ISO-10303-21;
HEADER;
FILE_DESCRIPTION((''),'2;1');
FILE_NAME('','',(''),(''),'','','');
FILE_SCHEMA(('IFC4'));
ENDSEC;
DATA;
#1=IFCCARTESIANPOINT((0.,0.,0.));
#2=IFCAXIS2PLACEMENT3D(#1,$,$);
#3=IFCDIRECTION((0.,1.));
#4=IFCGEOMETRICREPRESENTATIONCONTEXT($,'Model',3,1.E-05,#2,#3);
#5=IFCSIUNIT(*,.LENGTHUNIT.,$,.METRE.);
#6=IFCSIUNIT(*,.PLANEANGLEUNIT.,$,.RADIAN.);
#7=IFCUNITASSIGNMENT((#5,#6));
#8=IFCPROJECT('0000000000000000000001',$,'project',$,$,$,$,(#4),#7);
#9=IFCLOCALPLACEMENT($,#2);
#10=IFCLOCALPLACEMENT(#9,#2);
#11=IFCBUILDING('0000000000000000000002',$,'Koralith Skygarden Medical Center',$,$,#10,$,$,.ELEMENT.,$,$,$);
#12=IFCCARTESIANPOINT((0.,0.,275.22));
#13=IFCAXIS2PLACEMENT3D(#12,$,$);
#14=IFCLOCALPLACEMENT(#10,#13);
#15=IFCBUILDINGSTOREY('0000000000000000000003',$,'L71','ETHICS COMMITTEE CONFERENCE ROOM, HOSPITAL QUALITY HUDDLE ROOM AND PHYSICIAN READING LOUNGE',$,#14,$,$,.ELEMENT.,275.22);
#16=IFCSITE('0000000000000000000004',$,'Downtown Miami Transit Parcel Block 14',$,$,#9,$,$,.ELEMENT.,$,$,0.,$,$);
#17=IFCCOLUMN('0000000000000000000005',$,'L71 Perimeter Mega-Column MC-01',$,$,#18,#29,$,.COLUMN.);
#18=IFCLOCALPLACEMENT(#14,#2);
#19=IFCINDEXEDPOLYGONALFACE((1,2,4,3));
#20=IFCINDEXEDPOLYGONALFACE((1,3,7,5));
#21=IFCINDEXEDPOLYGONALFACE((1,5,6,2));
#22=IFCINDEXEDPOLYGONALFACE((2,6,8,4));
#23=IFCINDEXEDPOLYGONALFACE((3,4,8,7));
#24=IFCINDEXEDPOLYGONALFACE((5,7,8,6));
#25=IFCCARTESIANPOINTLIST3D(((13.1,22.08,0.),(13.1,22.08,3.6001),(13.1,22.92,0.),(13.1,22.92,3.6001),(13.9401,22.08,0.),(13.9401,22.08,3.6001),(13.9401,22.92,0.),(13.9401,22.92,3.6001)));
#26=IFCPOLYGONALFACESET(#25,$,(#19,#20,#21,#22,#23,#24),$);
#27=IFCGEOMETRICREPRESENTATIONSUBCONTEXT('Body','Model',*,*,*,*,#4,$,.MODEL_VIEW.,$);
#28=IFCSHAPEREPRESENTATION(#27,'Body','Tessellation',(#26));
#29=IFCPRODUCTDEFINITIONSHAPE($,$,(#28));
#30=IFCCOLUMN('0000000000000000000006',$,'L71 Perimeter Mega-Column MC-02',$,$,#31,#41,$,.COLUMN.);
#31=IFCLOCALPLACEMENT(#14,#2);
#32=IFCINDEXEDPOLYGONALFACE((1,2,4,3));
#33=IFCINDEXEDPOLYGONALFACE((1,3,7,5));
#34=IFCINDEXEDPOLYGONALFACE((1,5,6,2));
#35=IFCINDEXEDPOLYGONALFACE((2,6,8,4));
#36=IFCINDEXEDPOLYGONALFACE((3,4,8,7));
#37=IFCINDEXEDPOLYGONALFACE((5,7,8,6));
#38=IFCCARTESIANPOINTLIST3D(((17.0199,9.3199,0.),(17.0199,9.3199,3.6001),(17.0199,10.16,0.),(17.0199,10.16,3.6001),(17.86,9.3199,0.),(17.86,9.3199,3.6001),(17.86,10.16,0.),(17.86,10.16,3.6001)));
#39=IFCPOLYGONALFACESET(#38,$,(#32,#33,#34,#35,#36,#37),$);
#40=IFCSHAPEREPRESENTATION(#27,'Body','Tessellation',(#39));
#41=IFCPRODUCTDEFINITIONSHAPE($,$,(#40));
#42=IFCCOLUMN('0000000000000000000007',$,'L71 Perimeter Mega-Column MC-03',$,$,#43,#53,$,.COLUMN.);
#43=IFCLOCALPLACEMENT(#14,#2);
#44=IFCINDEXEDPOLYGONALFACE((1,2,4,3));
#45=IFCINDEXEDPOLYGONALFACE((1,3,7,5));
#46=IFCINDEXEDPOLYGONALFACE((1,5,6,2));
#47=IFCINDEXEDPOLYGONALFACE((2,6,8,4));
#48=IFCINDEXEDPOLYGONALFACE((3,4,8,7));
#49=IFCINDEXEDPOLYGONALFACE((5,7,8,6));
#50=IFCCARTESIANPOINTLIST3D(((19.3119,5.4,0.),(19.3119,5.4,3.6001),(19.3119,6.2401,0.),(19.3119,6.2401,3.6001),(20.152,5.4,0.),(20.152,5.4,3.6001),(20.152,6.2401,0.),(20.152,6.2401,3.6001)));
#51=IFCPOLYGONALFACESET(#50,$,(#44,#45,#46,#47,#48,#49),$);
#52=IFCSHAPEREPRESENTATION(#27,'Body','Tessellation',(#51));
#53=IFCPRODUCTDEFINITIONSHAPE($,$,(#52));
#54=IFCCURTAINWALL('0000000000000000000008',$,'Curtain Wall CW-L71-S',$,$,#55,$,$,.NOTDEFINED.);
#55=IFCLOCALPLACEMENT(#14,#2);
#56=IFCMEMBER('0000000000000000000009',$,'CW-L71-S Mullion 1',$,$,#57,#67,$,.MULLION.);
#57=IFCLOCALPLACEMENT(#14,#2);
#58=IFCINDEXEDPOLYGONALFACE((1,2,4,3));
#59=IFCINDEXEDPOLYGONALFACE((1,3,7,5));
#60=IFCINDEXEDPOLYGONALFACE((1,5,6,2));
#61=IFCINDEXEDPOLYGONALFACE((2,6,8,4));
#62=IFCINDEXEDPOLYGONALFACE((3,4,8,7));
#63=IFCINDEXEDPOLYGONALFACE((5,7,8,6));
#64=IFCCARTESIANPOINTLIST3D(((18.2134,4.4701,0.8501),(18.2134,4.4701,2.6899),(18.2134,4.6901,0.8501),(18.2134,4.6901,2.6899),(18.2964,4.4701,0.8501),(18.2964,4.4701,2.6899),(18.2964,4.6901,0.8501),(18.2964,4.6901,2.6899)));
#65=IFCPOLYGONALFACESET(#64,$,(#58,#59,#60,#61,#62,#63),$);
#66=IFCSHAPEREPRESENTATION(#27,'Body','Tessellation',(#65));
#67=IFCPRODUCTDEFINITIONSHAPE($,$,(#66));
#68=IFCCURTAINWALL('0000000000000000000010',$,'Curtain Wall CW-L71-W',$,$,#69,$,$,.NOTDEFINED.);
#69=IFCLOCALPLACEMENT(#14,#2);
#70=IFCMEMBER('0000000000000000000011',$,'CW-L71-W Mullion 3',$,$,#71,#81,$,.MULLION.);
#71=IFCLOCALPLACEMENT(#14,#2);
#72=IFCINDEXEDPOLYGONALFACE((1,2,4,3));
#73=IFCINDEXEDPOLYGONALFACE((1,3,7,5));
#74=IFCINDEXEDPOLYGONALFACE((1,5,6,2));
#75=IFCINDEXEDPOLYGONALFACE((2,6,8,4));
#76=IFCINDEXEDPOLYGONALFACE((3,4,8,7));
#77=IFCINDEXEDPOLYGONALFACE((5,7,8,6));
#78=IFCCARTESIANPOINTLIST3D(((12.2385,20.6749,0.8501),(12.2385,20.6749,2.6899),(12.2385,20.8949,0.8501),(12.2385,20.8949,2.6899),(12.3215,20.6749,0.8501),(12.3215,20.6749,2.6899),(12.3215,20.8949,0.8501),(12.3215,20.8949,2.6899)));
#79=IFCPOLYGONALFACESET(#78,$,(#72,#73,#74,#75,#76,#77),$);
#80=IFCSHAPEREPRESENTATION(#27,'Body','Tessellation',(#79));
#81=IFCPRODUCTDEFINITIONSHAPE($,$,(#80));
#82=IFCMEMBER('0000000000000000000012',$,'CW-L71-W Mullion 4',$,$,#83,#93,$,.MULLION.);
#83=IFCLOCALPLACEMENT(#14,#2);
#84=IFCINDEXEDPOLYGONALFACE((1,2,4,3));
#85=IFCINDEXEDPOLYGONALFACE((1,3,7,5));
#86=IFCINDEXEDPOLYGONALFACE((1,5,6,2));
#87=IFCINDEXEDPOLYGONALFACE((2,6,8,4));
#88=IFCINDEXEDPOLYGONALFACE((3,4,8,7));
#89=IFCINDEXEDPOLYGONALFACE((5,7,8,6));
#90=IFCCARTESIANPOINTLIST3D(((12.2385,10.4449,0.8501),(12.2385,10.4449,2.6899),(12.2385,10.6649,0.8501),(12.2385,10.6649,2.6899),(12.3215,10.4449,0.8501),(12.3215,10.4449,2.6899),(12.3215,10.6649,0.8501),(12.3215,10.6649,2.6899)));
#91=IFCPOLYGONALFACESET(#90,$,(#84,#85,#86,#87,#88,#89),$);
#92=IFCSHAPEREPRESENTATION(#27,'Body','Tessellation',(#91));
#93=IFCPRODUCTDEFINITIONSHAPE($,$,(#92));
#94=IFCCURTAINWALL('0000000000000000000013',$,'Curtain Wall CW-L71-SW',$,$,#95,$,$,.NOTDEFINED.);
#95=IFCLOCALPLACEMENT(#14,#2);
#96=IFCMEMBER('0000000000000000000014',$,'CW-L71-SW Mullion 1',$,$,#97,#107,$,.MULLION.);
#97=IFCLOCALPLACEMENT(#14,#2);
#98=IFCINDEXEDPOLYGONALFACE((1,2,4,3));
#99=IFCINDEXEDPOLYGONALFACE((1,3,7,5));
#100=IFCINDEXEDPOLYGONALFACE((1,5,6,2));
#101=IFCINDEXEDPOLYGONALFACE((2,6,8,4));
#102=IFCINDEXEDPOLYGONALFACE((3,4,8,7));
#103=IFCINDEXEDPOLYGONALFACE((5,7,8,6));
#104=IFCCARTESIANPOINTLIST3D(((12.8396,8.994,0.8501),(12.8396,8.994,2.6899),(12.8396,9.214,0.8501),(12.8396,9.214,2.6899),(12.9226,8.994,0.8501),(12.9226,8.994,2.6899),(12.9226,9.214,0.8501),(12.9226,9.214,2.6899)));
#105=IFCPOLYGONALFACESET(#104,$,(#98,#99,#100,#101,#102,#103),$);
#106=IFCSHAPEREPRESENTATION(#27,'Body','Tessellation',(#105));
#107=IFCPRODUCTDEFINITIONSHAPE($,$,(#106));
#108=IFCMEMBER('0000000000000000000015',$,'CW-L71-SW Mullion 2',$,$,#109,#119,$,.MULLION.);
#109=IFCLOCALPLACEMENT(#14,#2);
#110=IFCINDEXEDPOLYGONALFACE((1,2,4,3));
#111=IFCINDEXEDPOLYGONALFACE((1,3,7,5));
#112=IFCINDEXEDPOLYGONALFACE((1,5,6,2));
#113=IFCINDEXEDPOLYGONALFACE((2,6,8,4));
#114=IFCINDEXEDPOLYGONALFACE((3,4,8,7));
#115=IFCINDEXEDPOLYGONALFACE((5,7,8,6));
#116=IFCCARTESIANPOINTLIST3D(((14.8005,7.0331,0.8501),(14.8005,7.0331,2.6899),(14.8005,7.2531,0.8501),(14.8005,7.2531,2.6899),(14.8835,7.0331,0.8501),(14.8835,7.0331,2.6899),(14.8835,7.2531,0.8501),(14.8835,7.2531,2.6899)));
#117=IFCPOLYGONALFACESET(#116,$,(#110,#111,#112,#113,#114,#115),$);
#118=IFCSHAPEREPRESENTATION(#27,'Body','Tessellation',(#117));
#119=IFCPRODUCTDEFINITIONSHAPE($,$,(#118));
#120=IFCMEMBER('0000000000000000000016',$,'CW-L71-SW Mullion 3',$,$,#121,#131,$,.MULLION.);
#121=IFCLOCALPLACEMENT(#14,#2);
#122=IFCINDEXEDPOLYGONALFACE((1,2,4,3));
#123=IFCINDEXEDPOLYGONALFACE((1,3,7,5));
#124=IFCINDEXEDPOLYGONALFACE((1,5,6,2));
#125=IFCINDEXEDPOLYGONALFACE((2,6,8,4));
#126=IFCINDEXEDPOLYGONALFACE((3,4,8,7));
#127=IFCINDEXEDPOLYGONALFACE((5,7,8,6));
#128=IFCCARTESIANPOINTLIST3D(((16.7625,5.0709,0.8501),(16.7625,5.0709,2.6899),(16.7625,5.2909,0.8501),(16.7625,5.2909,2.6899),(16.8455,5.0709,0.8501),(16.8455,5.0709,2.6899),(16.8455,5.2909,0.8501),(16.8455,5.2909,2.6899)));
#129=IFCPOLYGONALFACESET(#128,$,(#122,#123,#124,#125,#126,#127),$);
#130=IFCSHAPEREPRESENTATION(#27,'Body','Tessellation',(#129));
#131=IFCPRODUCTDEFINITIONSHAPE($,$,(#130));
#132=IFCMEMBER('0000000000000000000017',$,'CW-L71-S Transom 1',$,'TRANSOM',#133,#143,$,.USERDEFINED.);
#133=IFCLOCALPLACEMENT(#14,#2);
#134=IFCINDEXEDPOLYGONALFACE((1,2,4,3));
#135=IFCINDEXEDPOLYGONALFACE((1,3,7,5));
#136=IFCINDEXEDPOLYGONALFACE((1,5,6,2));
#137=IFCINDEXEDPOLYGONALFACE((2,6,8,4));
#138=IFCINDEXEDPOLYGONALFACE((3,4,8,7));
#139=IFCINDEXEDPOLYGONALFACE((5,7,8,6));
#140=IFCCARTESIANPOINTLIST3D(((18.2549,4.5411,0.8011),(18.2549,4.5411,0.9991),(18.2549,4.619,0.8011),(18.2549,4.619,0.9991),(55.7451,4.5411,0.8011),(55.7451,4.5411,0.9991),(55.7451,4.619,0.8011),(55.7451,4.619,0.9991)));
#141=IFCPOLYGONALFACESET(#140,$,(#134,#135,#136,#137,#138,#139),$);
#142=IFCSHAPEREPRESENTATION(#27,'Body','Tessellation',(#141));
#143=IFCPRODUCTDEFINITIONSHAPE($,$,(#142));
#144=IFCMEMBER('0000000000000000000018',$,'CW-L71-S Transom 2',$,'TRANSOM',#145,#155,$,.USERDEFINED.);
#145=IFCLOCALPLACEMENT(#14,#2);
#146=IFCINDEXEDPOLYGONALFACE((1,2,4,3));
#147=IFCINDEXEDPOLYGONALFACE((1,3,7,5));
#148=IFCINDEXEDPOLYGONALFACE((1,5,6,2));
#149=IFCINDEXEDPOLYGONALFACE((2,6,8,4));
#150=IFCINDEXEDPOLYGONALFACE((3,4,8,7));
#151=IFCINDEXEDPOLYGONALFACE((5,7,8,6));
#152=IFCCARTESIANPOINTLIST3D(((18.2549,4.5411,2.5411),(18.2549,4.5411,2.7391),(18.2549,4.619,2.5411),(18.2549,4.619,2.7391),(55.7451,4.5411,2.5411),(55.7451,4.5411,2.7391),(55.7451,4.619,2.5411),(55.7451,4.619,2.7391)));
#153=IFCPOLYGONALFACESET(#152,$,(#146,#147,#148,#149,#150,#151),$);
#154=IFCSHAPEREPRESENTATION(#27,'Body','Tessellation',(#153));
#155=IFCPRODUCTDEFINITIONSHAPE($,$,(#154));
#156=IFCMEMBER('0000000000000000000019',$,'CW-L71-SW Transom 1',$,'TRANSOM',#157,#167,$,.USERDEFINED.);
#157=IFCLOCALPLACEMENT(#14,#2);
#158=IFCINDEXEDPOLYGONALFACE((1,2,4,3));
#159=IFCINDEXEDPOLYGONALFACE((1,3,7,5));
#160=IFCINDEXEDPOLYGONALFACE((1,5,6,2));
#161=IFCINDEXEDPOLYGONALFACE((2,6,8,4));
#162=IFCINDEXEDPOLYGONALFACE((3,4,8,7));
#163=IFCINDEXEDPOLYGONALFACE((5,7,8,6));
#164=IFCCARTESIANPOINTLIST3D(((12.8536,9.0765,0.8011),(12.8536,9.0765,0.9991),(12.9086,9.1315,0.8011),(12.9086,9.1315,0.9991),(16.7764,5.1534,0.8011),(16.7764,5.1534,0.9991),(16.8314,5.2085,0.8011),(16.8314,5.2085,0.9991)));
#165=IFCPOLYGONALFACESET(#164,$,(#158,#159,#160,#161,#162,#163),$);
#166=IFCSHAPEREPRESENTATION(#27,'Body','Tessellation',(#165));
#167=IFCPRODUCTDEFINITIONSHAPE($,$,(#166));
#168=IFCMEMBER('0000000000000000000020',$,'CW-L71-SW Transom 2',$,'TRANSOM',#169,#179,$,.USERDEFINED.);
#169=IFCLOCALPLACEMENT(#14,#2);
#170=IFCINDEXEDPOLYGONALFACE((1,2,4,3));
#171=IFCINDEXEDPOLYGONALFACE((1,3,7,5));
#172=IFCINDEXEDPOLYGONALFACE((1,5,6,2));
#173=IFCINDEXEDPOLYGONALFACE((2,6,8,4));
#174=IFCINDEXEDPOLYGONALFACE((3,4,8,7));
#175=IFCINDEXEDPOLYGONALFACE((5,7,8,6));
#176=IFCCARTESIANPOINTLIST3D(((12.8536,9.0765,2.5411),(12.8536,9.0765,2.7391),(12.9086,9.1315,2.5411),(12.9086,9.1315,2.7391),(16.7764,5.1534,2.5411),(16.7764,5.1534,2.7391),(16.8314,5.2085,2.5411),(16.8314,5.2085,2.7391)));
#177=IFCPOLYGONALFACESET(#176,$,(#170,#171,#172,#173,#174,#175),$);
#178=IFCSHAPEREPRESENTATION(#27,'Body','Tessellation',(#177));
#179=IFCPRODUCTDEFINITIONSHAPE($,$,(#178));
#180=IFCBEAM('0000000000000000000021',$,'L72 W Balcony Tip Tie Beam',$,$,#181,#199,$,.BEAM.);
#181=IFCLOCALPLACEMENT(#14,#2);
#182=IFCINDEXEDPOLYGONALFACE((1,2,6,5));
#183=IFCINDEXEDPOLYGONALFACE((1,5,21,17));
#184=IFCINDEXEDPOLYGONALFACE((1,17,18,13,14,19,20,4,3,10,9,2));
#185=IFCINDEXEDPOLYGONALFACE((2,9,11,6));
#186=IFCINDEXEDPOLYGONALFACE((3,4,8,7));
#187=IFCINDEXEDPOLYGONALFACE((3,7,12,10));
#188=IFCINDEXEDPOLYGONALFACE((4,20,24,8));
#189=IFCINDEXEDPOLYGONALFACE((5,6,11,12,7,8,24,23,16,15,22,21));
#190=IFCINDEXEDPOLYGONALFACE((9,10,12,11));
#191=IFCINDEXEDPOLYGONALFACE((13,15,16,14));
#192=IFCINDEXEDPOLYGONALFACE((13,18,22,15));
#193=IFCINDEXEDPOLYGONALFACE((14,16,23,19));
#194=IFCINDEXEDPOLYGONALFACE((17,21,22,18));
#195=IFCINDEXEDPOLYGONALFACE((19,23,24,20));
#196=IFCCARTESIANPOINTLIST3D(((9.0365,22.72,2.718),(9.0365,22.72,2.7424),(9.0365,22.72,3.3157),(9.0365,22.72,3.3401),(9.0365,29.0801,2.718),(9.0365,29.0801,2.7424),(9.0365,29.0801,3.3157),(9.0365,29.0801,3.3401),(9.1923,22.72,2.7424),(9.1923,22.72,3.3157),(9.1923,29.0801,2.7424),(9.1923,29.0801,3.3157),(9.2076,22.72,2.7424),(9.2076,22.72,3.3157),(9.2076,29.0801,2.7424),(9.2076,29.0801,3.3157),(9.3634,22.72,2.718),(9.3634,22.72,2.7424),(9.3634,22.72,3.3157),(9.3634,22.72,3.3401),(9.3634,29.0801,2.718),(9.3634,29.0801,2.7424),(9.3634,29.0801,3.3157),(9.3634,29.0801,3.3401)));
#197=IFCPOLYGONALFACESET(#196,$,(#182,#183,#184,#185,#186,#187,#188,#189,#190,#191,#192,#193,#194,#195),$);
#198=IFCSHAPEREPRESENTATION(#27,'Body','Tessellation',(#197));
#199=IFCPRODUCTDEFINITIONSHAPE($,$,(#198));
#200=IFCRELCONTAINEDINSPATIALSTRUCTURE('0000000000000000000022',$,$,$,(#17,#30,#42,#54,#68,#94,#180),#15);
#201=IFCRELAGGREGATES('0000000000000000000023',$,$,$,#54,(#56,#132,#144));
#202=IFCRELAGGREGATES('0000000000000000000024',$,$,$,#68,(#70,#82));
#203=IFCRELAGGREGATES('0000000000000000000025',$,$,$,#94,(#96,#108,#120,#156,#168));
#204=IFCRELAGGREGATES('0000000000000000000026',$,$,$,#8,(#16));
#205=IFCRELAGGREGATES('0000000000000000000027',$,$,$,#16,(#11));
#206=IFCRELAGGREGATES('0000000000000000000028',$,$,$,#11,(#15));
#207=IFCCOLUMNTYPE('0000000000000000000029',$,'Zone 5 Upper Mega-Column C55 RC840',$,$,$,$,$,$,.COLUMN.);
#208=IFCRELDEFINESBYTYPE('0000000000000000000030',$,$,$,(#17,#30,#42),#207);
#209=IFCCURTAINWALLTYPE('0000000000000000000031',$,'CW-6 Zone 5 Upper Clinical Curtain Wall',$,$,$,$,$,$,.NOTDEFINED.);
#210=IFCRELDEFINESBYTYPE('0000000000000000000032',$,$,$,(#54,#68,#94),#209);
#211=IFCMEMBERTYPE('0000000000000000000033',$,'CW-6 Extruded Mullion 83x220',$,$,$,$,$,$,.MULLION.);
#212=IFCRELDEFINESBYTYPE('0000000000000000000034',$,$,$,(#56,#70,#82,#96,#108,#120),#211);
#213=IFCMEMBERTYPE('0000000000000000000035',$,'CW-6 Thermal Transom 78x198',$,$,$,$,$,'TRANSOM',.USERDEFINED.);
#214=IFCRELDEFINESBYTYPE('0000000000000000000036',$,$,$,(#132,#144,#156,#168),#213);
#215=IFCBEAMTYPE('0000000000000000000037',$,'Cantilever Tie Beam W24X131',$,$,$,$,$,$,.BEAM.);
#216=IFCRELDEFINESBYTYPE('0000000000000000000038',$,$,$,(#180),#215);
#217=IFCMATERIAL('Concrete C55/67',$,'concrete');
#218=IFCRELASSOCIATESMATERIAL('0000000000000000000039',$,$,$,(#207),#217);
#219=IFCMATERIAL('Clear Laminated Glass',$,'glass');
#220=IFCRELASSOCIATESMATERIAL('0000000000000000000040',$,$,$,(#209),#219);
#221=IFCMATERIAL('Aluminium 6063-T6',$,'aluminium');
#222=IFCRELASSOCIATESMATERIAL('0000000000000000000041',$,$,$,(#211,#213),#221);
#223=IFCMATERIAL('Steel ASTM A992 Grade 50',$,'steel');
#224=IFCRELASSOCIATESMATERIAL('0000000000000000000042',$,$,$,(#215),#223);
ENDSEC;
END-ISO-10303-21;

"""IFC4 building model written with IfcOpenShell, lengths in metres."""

from ifc_helpers import new_model, si_unit, direction, frame, origin, origin_2d, place, context, subcontext, project, spatial, rectangle, i_section, extrude, material, material_profile, profile_set, type_object, element, aggregate, save


model = new_model("IFC4")

# Units and contexts
model_context = context("Model", 3, precision=1e-05, world=origin(), true_north=direction((0.0, 1.0)))
body_context = subcontext(model_context, "Body", "Model", "MODEL_VIEW")
ifc_project = project(units=[si_unit("LENGTHUNIT", "METRE"), si_unit("PLANEANGLEUNIT", "RADIAN")], contexts=[model_context])

# Site, building, storey
site_placement = place(None, origin())
site = spatial("IfcSite", under=ifc_project, at=site_placement, Name="Downtown Miami Transit Parcel Block 14", CompositionType="ELEMENT", RefElevation=0.0)
building_placement = place(site_placement, origin())
building = spatial("IfcBuilding", under=site, at=building_placement, Name="Koralith Skygarden Medical Center", CompositionType="ELEMENT")
storey_placement = place(building_placement, frame((0.0, 0.0, 275.22)))
storey = spatial("IfcBuildingStorey", under=building, at=storey_placement, Name="L71", Description="ETHICS COMMITTEE CONFERENCE ROOM, HOSPITAL QUALITY HUDDLE ROOM AND PHYSICIAN READING LOUNGE", CompositionType="ELEMENT", Elevation=275.22)

# Columns
ifc_material_1 = material(Name="Concrete C55/67", Category="concrete")
ifc_material_profile_1 = material_profile(ifc_material_1, rectangle(XDim=0.8401, YDim=0.8401, at=origin_2d()), Name="RC840X840")
ifc_profile_set_1 = profile_set([ifc_material_profile_1], Name="Concrete C55/67")
column_type = type_object("IfcColumnType", Name="Zone 5 Upper Mega-Column C55 RC840", PredefinedType="COLUMN", material=ifc_profile_set_1)
for number, where, z_axis, x_axis, name in (
    (1, (13.52, 22.5, 0.0), (0.0, 0.0, 1.0), (1.0, 0.0, 0.0), "L71 Perimeter Mega-Column MC-01"),
    (2, (17.4399, 9.74, 0.0), (0.0, 0.0, 1.0), (1.0, 0.0, 0.0), "L71 Perimeter Mega-Column MC-02"),
    (3, (19.7319, 5.8201, 0.0), (0.0, 0.0, 1.0), (1.0, 0.0, 0.0), "L71 Perimeter Mega-Column MC-03"),
):
    element("IfcColumn", number, at=place(storey_placement, frame(where, z_axis=z_axis, x_axis=x_axis)), inside=storey, type_object=column_type, Name=name, PredefinedType="COLUMN", context=body_context, shape_type="SweptSolid", body=[
        extrude(rectangle(XDim=0.8401, YDim=0.8401, at=origin_2d()), origin(), (0.0, 0.0, 1.0), 3.6001),
    ])

# Curtain wall, member
ifc_material_2 = material(Name="Clear Laminated Glass", Category="glass")
curtain_wall_type = type_object("IfcCurtainWallType", Name="CW-6 Zone 5 Upper Clinical Curtain Wall", PredefinedType="NOTDEFINED", material=ifc_material_2)
curtain_wall_1_placement = place(storey_placement, origin())
curtain_wall_1 = element("IfcCurtainWall", 4, at=curtain_wall_1_placement, inside=storey, type_object=curtain_wall_type, Name="Curtain Wall CW-L71-S", PredefinedType="NOTDEFINED")
ifc_material_3 = material(Name="Aluminium 6063-T6", Category="aluminium")
ifc_material_profile_2 = material_profile(ifc_material_3, rectangle(XDim=0.083, YDim=0.22, at=origin_2d()), Name="MUL83X220")
ifc_profile_set_2 = profile_set([ifc_material_profile_2], Name="Aluminium 6063-T6")
member_type_1 = type_object("IfcMemberType", Name="CW-6 Extruded Mullion 83x220", PredefinedType="MULLION", material=ifc_profile_set_2)
member_1_placement = place(storey_placement, frame((18.2549, 4.5801, 0.8501), z_axis=(0.0, 0.0, 1.0), x_axis=(1.0, 0.0, 0.0)))
member_1 = element("IfcMember", 5, at=member_1_placement, type_object=member_type_1, Name="CW-L71-S Mullion 1", PredefinedType="MULLION", context=body_context, shape_type="SweptSolid", body=[
    extrude(rectangle(XDim=0.083, YDim=0.22, at=origin_2d()), origin(), (0.0, 0.0, 1.0), 1.8398),
])

# Curtain walls, members
curtain_wall_2_placement = place(storey_placement, origin())
curtain_wall_2 = element("IfcCurtainWall", 6, at=curtain_wall_2_placement, inside=storey, type_object=curtain_wall_type, Name="Curtain Wall CW-L71-W", PredefinedType="NOTDEFINED")
member_2_placement = place(storey_placement, frame((12.28, 20.7849, 0.8501), z_axis=(0.0, 0.0, 1.0), x_axis=(1.0, 0.0, 0.0)))
member_2 = element("IfcMember", 7, at=member_2_placement, type_object=member_type_1, Name="CW-L71-W Mullion 3", PredefinedType="MULLION", context=body_context, shape_type="SweptSolid", body=[
    extrude(rectangle(XDim=0.083, YDim=0.22, at=origin_2d()), origin(), (0.0, 0.0, 1.0), 1.8398),
])
member_3_placement = place(storey_placement, frame((12.28, 10.5549, 0.8501), z_axis=(0.0, 0.0, 1.0), x_axis=(1.0, 0.0, 0.0)))
member_3 = element("IfcMember", 8, at=member_3_placement, type_object=member_type_1, Name="CW-L71-W Mullion 4", PredefinedType="MULLION", context=body_context, shape_type="SweptSolid", body=[
    extrude(rectangle(XDim=0.083, YDim=0.22, at=origin_2d()), origin(), (0.0, 0.0, 1.0), 1.8398),
])
curtain_wall_3_placement = place(storey_placement, origin())
curtain_wall_3 = element("IfcCurtainWall", 9, at=curtain_wall_3_placement, inside=storey, type_object=curtain_wall_type, Name="Curtain Wall CW-L71-SW", PredefinedType="NOTDEFINED")
member_4_placement = place(storey_placement, frame((12.8811, 9.104, 0.8501), z_axis=(0.0, 0.0, 1.0), x_axis=(1.0, 0.0, 0.0)))
member_4 = element("IfcMember", 10, at=member_4_placement, type_object=member_type_1, Name="CW-L71-SW Mullion 1", PredefinedType="MULLION", context=body_context, shape_type="SweptSolid", body=[
    extrude(rectangle(XDim=0.083, YDim=0.22, at=origin_2d()), origin(), (0.0, 0.0, 1.0), 1.8398),
])
member_5_placement = place(storey_placement, frame((14.842, 7.1431, 0.8501), z_axis=(0.0, 0.0, 1.0), x_axis=(1.0, 0.0, 0.0)))
member_5 = element("IfcMember", 11, at=member_5_placement, type_object=member_type_1, Name="CW-L71-SW Mullion 2", PredefinedType="MULLION", context=body_context, shape_type="SweptSolid", body=[
    extrude(rectangle(XDim=0.083, YDim=0.22, at=origin_2d()), origin(), (0.0, 0.0, 1.0), 1.8398),
])
member_6_placement = place(storey_placement, frame((16.804, 5.1809, 0.8501), z_axis=(0.0, 0.0, 1.0), x_axis=(1.0, 0.0, 0.0)))
member_6 = element("IfcMember", 12, at=member_6_placement, type_object=member_type_1, Name="CW-L71-SW Mullion 3", PredefinedType="MULLION", context=body_context, shape_type="SweptSolid", body=[
    extrude(rectangle(XDim=0.083, YDim=0.22, at=origin_2d()), origin(), (0.0, 0.0, 1.0), 1.8398),
])

# Members
ifc_material_profile_3 = material_profile(ifc_material_3, rectangle(XDim=0.0779, YDim=0.198, at=origin_2d()), Name="TRN78X198")
ifc_profile_set_3 = profile_set([ifc_material_profile_3], Name="Aluminium 6063-T6")
member_type_2 = type_object("IfcMemberType", Name="CW-6 Thermal Transom 78x198", ElementType="TRANSOM", PredefinedType="USERDEFINED", material=ifc_profile_set_3)
member_7_placement = place(storey_placement, frame((18.2549, 4.5801, 0.9001), z_axis=(1.0, 0.0, 0.0), x_axis=(0.0, 1.0, 0.0)))
member_7 = element("IfcMember", 13, at=member_7_placement, type_object=member_type_2, Name="CW-L71-S Transom 1", ObjectType="TRANSOM", PredefinedType="USERDEFINED", context=body_context, shape_type="SweptSolid", body=[
    extrude(rectangle(XDim=0.0779, YDim=0.198, at=origin_2d()), origin(), (0.0, 0.0, 1.0), 37.4902),
])
member_8_placement = place(storey_placement, frame((18.2549, 4.5801, 2.6401), z_axis=(1.0, 0.0, 0.0), x_axis=(0.0, 1.0, 0.0)))
member_8 = element("IfcMember", 14, at=member_8_placement, type_object=member_type_2, Name="CW-L71-S Transom 2", ObjectType="TRANSOM", PredefinedType="USERDEFINED", context=body_context, shape_type="SweptSolid", body=[
    extrude(rectangle(XDim=0.0779, YDim=0.198, at=origin_2d()), origin(), (0.0, 0.0, 1.0), 37.4902),
])
aggregate(curtain_wall_1, [member_1, member_7, member_8])
member_9_placement = place(storey_placement, frame((12.8811, 9.104, 0.9001), z_axis=(0.707085, -0.707129, 0.0), x_axis=(0.707129, 0.707085, 0.0)))
member_9 = element("IfcMember", 15, at=member_9_placement, type_object=member_type_2, Name="CW-L71-SW Transom 1", ObjectType="TRANSOM", PredefinedType="USERDEFINED", context=body_context, shape_type="SweptSolid", body=[
    extrude(rectangle(XDim=0.0779, YDim=0.198, at=origin_2d()), origin(), (0.0, 0.0, 1.0), 5.5479),
])
member_10_placement = place(storey_placement, frame((12.8811, 9.104, 2.6401), z_axis=(0.707085, -0.707129, 0.0), x_axis=(0.707129, 0.707085, 0.0)))
member_10 = element("IfcMember", 16, at=member_10_placement, type_object=member_type_2, Name="CW-L71-SW Transom 2", ObjectType="TRANSOM", PredefinedType="USERDEFINED", context=body_context, shape_type="SweptSolid", body=[
    extrude(rectangle(XDim=0.0779, YDim=0.198, at=origin_2d()), origin(), (0.0, 0.0, 1.0), 5.5479),
])

# Beam
ifc_material_4 = material(Name="Steel ASTM A992 Grade 50", Category="steel")
ifc_material_profile_4 = material_profile(ifc_material_4, i_section(OverallWidth=0.3269, OverallDepth=0.6221, WebThickness=0.0154, FlangeThickness=0.0244, at=origin_2d()), Name="W24X131")
ifc_profile_set_4 = profile_set([ifc_material_profile_4], Name="Steel ASTM A992 Grade 50")
beam_type_1 = type_object("IfcBeamType", Name="Cantilever Tie Beam W24X131", PredefinedType="BEAM", material=ifc_profile_set_4)
beam_1_placement = place(storey_placement, frame((9.2, 22.72, 3.0291), z_axis=(0.0, 1.0, 0.0), x_axis=(-1.0, 0.0, 0.0)))
element("IfcBeam", 17, at=beam_1_placement, inside=storey, type_object=beam_type_1, Name="L72 W Balcony Tip Tie Beam", PredefinedType="BEAM", context=body_context, shape_type="SweptSolid", body=[
    extrude(i_section(OverallWidth=0.3269, OverallDepth=0.6221, WebThickness=0.0154, FlangeThickness=0.0244, at=origin_2d()), origin(), (0.0, 0.0, 1.0), 6.3601),
])

aggregate(curtain_wall_2, [member_2, member_3])
aggregate(curtain_wall_3, [member_4, member_5, member_6, member_9, member_10])

save(model, "model.ifc")
